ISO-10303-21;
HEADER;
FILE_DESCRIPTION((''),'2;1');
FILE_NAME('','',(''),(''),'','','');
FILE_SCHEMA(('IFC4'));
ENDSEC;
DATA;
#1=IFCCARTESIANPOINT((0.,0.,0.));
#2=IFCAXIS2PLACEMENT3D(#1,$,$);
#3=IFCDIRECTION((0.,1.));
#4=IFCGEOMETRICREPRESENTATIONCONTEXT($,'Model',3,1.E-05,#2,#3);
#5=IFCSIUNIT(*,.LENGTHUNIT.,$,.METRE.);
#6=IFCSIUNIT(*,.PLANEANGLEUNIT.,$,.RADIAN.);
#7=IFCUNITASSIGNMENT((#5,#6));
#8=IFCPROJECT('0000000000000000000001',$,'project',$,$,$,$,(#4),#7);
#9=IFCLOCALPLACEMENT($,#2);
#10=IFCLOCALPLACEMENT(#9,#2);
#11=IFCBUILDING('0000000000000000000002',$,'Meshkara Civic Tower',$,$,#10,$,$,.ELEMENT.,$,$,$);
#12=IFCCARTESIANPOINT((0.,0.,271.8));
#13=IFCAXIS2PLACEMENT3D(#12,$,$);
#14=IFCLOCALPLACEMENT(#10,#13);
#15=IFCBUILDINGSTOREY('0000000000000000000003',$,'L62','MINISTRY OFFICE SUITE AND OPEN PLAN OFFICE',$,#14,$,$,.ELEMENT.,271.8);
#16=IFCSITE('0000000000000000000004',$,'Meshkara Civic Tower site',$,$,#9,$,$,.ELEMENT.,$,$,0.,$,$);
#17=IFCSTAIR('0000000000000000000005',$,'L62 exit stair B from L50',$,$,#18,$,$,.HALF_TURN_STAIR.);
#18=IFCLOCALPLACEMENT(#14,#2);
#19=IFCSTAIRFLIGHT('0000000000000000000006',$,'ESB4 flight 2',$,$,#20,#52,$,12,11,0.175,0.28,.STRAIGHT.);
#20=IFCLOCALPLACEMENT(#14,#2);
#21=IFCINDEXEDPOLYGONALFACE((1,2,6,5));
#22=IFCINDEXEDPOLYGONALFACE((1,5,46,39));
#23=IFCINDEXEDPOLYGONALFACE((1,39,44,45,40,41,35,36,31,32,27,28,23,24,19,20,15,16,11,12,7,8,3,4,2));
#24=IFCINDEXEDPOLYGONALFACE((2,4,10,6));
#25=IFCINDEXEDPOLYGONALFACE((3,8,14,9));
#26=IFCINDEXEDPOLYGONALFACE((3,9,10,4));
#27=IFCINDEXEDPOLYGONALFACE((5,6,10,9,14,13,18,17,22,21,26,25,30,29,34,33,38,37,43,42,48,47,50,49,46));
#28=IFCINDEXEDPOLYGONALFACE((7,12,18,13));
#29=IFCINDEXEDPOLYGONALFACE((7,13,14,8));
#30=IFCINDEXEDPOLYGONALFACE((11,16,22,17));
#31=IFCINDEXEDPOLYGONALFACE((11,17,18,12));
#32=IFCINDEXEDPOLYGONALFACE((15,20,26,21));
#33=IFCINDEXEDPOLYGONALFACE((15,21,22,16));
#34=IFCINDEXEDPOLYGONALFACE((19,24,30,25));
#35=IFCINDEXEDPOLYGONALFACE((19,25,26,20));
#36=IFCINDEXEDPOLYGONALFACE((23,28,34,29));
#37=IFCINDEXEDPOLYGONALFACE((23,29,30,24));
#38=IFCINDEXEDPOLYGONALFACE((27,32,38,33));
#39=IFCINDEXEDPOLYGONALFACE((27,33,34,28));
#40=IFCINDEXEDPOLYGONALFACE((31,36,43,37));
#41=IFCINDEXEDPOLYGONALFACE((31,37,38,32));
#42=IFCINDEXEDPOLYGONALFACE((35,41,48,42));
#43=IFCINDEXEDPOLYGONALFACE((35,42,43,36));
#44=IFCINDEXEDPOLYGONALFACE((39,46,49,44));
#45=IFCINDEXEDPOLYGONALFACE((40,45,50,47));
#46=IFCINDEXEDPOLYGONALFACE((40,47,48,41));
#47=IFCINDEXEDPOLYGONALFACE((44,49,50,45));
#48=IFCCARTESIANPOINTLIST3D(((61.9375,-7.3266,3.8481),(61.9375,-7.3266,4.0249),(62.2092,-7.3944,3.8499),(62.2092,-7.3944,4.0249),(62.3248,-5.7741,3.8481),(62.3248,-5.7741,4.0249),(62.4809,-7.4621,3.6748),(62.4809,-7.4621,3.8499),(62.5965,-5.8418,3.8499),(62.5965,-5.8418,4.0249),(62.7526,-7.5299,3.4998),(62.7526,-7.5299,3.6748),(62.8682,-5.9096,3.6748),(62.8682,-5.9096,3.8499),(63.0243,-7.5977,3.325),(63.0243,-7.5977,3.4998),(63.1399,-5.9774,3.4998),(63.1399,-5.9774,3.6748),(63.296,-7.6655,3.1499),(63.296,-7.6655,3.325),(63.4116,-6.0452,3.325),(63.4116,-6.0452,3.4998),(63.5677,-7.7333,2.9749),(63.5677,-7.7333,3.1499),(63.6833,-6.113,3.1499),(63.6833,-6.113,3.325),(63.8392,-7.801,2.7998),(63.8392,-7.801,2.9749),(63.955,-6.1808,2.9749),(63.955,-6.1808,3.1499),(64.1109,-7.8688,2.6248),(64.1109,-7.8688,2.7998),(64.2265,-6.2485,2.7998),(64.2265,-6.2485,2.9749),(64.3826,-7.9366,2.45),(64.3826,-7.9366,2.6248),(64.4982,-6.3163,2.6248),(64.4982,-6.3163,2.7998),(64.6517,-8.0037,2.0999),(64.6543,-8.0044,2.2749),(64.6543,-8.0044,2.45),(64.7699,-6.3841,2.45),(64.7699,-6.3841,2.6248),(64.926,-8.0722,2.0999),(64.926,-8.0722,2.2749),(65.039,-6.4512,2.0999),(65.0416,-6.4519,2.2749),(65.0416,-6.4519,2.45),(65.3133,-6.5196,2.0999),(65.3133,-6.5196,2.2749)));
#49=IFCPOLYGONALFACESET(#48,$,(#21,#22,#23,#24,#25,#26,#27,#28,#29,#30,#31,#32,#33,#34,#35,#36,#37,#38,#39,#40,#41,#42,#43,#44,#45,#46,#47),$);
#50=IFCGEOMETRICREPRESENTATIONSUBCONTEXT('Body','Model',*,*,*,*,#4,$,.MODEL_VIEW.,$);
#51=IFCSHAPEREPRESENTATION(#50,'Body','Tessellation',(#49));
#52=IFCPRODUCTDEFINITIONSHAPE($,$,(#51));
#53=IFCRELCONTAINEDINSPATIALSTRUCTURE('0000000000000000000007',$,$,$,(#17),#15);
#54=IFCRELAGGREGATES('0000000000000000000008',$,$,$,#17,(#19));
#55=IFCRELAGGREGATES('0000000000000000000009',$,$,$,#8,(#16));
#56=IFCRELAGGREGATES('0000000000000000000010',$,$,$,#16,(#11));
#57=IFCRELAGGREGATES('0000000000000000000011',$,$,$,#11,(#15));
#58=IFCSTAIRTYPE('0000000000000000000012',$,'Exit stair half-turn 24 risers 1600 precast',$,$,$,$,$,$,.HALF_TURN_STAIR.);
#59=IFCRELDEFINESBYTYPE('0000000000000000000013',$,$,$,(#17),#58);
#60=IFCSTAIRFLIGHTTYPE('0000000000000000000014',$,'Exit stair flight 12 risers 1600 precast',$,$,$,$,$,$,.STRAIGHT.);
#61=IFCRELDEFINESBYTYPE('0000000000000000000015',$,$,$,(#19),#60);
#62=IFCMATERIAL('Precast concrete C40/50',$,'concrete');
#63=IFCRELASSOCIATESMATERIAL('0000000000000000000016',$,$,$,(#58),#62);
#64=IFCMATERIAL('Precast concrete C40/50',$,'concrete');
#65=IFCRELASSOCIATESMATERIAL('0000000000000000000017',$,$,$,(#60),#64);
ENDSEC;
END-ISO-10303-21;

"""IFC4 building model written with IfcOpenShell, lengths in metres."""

from ifc_helpers import new_model, si_unit, direction, frame, origin, place, context, subcontext, project, spatial, polyline, outline, extrude, material, type_object, element, aggregate, save


model = new_model("IFC4")

# Units and contexts
model_context = context("Model", 3, precision=1e-05, world=origin(), true_north=direction((0.0, 1.0)))
body_context = subcontext(model_context, "Body", "Model", "MODEL_VIEW")
ifc_project = project(units=[si_unit("LENGTHUNIT", "METRE"), si_unit("PLANEANGLEUNIT", "RADIAN")], contexts=[model_context])

# Site, building, storey
site_placement = place(None, origin())
site = spatial("IfcSite", under=ifc_project, at=site_placement, Name="Meshkara Civic Tower site", CompositionType="ELEMENT", RefElevation=0.0)
building_placement = place(site_placement, origin())
building = spatial("IfcBuilding", under=site, at=building_placement, Name="Meshkara Civic Tower", CompositionType="ELEMENT")
storey_placement = place(building_placement, frame((0.0, 0.0, 271.8)))
storey = spatial("IfcBuildingStorey", under=building, at=storey_placement, Name="L62", Description="MINISTRY OFFICE SUITE AND OPEN PLAN OFFICE", CompositionType="ELEMENT", Elevation=271.8)

# Stair, stair flight
ifc_material_1 = material(Name="Precast concrete C40/50", Category="concrete")
stair_type = type_object("IfcStairType", Name="Exit stair half-turn 24 risers 1600 precast", PredefinedType="HALF_TURN_STAIR", material=ifc_material_1)
stair_placement = place(storey_placement, origin())
stair = element("IfcStair", 1, at=stair_placement, inside=storey, type_object=stair_type, Name="L62 exit stair B from L50", PredefinedType="HALF_TURN_STAIR")
ifc_material_2 = material(Name="Precast concrete C40/50", Category="concrete")
stair_flight_type = type_object("IfcStairFlightType", Name="Exit stair flight 12 risers 1600 precast", PredefinedType="STRAIGHT", material=ifc_material_2)
stair_flight_1_placement = place(storey_placement, frame((65.1196, -7.2959, 2.0999), z_axis=(0.0, 0.0, 1.0), x_axis=(-0.97026, 0.242065, 0.0)))
stair_flight_1 = element("IfcStairFlight", 2, at=stair_flight_1_placement, type_object=stair_flight_type, Name="ESB4 flight 2", NumberOfRisers=12, NumberOfTreads=11, PredefinedType="STRAIGHT", RiserHeight=0.175, TreadLength=0.28, context=body_context, shape_type="SweptSolid", body=[
    extrude(outline(polyline([(0.0, 0.0), (0.0, 0.175), (0.28, 0.175), (0.28, 0.3501), (0.5601, 0.3501), (0.5601, 0.5249), (0.8401, 0.5249), (0.8401, 0.7), (1.1201, 0.7), (1.1201, 0.875), (1.3999, 0.875), (1.3999, 1.05), (1.6799, 1.05), (1.6799, 1.2251), (1.96, 1.2251), (1.96, 1.3999), (2.24, 1.3999), (2.24, 1.575), (2.52, 1.575), (2.52, 1.75), (2.8, 1.75), (2.8, 1.925), (3.0801, 1.925), (3.0801, 2.1001), (3.0801, 1.7483), (0.2827, 0.0), (0.0, 0.0)])), frame((0.0, 0.8, 0.0), z_axis=(0.0, -1.0, 0.0), x_axis=(1.0, 0.0, 0.0)), (0.0, 0.0, 1.0), 1.6001),
])
aggregate(stair, [stair_flight_1])

save(model, "model.ifc")
